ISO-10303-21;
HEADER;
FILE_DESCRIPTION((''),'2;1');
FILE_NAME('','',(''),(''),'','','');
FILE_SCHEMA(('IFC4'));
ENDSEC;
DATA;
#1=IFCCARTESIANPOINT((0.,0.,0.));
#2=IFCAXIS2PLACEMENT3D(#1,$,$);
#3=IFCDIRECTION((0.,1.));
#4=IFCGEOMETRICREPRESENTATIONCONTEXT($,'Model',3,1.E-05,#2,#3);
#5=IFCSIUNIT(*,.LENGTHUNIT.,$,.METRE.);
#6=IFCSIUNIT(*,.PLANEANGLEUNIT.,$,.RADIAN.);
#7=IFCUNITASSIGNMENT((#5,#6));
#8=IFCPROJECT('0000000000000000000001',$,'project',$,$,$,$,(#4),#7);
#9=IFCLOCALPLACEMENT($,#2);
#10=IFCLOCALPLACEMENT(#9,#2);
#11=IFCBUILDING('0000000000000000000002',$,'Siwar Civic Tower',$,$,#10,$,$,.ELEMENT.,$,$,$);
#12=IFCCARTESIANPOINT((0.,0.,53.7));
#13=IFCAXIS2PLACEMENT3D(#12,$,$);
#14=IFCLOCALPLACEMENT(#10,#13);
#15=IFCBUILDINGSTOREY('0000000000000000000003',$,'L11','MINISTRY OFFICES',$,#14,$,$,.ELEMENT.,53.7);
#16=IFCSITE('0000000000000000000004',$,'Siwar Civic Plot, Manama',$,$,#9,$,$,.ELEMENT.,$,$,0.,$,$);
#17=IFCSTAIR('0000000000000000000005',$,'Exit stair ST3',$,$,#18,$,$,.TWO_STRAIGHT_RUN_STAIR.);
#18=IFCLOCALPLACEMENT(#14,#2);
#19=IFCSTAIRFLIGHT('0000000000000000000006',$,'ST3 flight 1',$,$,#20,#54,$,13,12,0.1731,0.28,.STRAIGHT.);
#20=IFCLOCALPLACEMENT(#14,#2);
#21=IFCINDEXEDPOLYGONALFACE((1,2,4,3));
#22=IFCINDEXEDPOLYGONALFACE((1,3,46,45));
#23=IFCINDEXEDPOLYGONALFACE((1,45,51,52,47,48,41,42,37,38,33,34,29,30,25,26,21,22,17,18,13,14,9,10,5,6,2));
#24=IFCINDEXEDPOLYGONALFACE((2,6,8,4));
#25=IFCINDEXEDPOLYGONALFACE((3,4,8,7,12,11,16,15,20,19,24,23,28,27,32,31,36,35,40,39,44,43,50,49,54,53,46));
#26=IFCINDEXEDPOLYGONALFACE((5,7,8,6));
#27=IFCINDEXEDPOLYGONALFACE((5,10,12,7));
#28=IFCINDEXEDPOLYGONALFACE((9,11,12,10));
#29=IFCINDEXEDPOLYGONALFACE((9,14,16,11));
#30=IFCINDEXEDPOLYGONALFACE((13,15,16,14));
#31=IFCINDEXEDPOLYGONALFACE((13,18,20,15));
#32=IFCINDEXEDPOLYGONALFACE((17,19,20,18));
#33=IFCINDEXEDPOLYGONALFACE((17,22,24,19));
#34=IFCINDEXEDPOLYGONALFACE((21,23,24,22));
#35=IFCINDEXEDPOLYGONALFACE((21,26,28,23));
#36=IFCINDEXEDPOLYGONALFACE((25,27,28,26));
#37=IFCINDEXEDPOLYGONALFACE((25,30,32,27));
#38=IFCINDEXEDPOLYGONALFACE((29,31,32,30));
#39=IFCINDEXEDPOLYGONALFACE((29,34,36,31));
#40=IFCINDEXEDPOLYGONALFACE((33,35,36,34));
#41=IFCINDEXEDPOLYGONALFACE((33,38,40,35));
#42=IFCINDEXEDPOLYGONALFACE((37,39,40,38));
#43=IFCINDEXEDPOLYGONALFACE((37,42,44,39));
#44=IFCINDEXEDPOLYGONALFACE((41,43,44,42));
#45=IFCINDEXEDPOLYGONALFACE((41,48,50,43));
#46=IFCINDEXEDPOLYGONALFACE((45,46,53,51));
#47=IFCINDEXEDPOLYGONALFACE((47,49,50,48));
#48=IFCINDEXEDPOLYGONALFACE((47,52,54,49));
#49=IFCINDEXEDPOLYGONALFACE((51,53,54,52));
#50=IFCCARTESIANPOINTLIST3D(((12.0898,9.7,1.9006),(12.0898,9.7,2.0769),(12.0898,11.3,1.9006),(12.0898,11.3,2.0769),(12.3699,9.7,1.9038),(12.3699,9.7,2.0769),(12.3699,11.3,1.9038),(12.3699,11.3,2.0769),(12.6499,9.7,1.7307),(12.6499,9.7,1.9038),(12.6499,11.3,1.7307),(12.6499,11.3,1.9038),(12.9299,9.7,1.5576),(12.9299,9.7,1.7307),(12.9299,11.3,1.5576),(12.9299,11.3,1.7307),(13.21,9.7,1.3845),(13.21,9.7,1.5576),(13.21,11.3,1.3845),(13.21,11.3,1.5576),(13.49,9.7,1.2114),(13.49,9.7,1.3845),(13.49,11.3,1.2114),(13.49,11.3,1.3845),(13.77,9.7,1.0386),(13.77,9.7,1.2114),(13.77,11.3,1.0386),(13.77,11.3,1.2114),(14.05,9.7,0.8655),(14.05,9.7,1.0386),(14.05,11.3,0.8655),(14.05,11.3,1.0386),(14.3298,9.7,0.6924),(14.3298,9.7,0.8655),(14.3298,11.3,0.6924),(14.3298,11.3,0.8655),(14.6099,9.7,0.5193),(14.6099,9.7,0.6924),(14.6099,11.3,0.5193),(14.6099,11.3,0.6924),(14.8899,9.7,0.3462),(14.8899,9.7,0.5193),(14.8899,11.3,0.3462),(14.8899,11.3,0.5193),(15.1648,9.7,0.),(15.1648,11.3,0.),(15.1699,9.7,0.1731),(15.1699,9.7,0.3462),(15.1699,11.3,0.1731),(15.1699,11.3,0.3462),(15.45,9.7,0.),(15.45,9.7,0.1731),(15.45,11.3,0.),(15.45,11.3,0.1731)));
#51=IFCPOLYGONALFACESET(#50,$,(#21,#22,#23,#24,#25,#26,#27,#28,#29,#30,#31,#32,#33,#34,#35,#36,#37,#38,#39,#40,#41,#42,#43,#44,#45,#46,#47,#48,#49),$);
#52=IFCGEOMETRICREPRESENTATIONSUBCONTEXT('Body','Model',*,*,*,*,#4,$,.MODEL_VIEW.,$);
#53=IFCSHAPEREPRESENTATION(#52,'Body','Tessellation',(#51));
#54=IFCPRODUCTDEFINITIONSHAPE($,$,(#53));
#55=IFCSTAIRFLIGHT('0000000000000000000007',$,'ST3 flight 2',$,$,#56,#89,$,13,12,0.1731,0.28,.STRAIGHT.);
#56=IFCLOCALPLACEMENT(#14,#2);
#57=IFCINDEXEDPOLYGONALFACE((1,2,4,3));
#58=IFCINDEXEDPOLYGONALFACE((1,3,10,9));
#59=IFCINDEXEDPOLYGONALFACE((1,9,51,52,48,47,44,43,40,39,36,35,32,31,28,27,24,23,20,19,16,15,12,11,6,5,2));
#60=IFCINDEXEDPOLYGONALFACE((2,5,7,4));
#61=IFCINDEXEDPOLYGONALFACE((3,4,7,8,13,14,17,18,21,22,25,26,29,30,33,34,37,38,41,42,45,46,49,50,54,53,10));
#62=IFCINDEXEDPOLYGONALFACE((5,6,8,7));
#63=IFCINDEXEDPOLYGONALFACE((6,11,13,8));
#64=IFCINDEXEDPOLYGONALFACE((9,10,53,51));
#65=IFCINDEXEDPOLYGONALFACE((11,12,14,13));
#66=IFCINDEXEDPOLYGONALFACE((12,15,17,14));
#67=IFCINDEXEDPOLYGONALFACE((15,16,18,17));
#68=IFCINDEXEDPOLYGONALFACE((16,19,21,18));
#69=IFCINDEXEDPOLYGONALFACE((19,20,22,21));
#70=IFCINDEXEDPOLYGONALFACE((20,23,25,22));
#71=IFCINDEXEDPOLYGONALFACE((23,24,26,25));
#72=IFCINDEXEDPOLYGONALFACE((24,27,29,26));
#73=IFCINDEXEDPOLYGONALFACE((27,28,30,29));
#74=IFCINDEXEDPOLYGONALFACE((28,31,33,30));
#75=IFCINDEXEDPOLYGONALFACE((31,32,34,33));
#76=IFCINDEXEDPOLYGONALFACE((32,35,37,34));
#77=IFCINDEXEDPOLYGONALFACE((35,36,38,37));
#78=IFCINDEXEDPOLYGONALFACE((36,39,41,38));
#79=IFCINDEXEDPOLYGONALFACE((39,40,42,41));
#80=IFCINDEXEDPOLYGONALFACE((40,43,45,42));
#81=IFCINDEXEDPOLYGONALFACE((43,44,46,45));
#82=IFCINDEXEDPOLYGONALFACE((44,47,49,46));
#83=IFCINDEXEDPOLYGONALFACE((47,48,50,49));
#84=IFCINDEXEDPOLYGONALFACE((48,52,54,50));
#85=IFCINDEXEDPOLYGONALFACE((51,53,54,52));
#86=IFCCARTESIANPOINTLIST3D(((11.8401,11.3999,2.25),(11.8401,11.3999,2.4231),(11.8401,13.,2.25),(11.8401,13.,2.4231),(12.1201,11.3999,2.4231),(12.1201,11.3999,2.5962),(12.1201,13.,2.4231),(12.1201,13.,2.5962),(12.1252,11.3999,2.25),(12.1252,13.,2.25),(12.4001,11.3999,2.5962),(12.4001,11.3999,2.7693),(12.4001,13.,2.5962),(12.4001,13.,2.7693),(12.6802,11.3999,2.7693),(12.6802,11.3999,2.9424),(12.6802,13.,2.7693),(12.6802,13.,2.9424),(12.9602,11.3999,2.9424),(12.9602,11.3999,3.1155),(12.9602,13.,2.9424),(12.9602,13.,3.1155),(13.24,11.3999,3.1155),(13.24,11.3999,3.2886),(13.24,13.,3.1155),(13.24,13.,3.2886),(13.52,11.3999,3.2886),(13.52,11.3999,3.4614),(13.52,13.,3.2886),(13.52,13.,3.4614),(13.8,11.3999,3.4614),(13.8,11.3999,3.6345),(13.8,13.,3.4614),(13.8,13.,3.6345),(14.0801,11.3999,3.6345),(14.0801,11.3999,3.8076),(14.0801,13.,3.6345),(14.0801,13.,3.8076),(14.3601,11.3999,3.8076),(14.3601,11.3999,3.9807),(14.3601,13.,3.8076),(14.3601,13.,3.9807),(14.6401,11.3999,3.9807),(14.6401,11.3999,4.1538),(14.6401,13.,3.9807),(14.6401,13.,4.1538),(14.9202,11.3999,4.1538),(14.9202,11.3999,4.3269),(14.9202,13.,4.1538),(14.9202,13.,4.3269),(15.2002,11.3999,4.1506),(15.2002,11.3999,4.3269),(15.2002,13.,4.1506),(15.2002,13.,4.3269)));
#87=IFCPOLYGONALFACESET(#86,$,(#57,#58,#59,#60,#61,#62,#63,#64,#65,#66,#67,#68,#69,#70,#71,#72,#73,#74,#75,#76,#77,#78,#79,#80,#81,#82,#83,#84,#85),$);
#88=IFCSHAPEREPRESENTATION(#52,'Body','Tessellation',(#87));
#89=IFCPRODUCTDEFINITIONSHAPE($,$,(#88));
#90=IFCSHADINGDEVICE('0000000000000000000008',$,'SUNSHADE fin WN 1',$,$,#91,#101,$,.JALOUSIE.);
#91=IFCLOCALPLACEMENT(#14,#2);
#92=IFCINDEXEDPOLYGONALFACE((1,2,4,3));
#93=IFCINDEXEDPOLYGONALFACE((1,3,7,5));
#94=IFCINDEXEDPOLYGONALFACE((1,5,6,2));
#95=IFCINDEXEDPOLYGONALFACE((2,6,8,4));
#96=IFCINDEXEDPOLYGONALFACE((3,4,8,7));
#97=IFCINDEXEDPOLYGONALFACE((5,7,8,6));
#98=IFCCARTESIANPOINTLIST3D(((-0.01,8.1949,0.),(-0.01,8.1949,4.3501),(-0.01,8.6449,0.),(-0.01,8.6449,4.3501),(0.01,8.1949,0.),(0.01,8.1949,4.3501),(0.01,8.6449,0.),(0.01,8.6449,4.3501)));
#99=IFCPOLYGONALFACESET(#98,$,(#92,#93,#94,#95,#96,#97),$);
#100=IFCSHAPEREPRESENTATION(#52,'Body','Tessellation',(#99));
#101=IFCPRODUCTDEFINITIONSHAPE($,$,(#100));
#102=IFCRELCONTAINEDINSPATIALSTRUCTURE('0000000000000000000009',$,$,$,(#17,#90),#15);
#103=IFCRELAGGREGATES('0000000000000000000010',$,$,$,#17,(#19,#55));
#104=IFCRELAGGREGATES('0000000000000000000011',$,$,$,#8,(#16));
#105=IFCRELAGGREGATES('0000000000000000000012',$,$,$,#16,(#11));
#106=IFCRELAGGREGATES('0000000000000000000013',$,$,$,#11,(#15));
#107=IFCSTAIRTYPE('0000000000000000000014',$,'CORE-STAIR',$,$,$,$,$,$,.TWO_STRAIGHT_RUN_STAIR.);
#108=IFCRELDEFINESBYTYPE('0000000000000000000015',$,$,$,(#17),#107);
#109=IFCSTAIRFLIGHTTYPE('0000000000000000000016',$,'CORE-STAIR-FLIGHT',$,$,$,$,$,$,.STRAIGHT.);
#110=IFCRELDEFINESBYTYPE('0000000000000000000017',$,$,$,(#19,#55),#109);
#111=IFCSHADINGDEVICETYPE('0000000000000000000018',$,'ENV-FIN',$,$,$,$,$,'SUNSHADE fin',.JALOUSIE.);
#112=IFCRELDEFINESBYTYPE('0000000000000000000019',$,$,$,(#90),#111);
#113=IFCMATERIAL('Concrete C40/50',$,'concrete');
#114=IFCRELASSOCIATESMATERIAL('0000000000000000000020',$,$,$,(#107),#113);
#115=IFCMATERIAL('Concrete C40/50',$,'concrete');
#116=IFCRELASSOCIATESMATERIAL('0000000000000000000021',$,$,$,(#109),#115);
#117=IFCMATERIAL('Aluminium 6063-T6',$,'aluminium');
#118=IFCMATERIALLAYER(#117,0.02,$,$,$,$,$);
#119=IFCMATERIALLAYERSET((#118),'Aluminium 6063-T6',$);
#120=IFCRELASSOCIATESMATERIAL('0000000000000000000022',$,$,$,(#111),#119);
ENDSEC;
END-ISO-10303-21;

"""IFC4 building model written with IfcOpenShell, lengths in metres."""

from ifc_helpers import new_model, si_unit, direction, frame, origin, origin_2d, place, context, subcontext, project, spatial, polyline, rectangle, outline, extrude, material, layer, layer_set, type_object, element, aggregate, save


model = new_model("IFC4")

# Units and contexts
model_context = context("Model", 3, precision=1e-05, world=origin(), true_north=direction((0.0, 1.0)))
body_context = subcontext(model_context, "Body", "Model", "MODEL_VIEW")
ifc_project = project(units=[si_unit("LENGTHUNIT", "METRE"), si_unit("PLANEANGLEUNIT", "RADIAN")], contexts=[model_context])

# Site, building, storey
site_placement = place(None, origin())
site = spatial("IfcSite", under=ifc_project, at=site_placement, Name="Siwar Civic Plot, Manama", CompositionType="ELEMENT", RefElevation=0.0)
building_placement = place(site_placement, origin())
building = spatial("IfcBuilding", under=site, at=building_placement, Name="Siwar Civic Tower", CompositionType="ELEMENT")
storey_placement = place(building_placement, frame((0.0, 0.0, 53.7)))
storey = spatial("IfcBuildingStorey", under=building, at=storey_placement, Name="L11", Description="MINISTRY OFFICES", CompositionType="ELEMENT", Elevation=53.7)

# Stair, stair flights
ifc_material_1 = material(Name="Concrete C40/50", Category="concrete")
stair_type = type_object("IfcStairType", Name="CORE-STAIR", PredefinedType="TWO_STRAIGHT_RUN_STAIR", material=ifc_material_1)
stair_placement = place(storey_placement, origin())
stair = element("IfcStair", 1, at=stair_placement, inside=storey, type_object=stair_type, Name="Exit stair ST3", PredefinedType="TWO_STRAIGHT_RUN_STAIR")
ifc_material_2 = material(Name="Concrete C40/50", Category="concrete")
stair_flight_type = type_object("IfcStairFlightType", Name="CORE-STAIR-FLIGHT", PredefinedType="STRAIGHT", material=ifc_material_2)
stair_flight_1_placement = place(storey_placement, frame((15.45, 10.5, 0.0), z_axis=(0.0, 0.0, 1.0), x_axis=(-1.0, 0.0, 0.0)))
stair_flight_1 = element("IfcStairFlight", 2, at=stair_flight_1_placement, type_object=stair_flight_type, Name="ST3 flight 1", NumberOfRisers=13, NumberOfTreads=12, PredefinedType="STRAIGHT", RiserHeight=0.1731, TreadLength=0.28, context=body_context, shape_type="SweptSolid", body=[
    extrude(outline(polyline([(0.0, 0.0), (0.0, 0.1731), (0.28, 0.1731), (0.28, 0.3462), (0.5601, 0.3462), (0.5601, 0.5193), (0.8401, 0.5193), (0.8401, 0.6924), (1.1201, 0.6924), (1.1201, 0.8655), (1.3999, 0.8655), (1.3999, 1.0386), (1.6799, 1.0386), (1.6799, 1.2114), (1.96, 1.2114), (1.96, 1.3845), (2.24, 1.3845), (2.24, 1.5576), (2.52, 1.5576), (2.52, 1.7307), (2.8, 1.7307), (2.8, 1.9038), (3.0801, 1.9038), (3.0801, 2.0769), (3.3601, 2.0769), (3.3601, 2.25), (3.3601, 1.9006), (0.2852, 0.0), (0.0, 0.0)])), frame((0.0, 0.8, 0.0), z_axis=(0.0, -1.0, 0.0), x_axis=(1.0, 0.0, 0.0)), (0.0, 0.0, 1.0), 1.6001),
])
stair_flight_2_placement = place(storey_placement, frame((11.8401, 12.2, 2.25), z_axis=(0.0, 0.0, 1.0), x_axis=(1.0, 0.0, 0.0)))
stair_flight_2 = element("IfcStairFlight", 3, at=stair_flight_2_placement, type_object=stair_flight_type, Name="ST3 flight 2", NumberOfRisers=13, NumberOfTreads=12, PredefinedType="STRAIGHT", RiserHeight=0.1731, TreadLength=0.28, context=body_context, shape_type="SweptSolid", body=[
    extrude(outline(polyline([(0.0, 0.0), (0.0, 0.1731), (0.28, 0.1731), (0.28, 0.3462), (0.5601, 0.3462), (0.5601, 0.5193), (0.8401, 0.5193), (0.8401, 0.6924), (1.1201, 0.6924), (1.1201, 0.8655), (1.3999, 0.8655), (1.3999, 1.0386), (1.6799, 1.0386), (1.6799, 1.2114), (1.96, 1.2114), (1.96, 1.3845), (2.24, 1.3845), (2.24, 1.5576), (2.52, 1.5576), (2.52, 1.7307), (2.8, 1.7307), (2.8, 1.9038), (3.0801, 1.9038), (3.0801, 2.0769), (3.3601, 2.0769), (3.3601, 2.25), (3.3601, 1.9006), (0.2852, 0.0), (0.0, 0.0)])), frame((0.0, 0.8, 0.0), z_axis=(0.0, -1.0, 0.0), x_axis=(1.0, 0.0, 0.0)), (0.0, 0.0, 1.0), 1.6001),
])
aggregate(stair, [stair_flight_1, stair_flight_2])

# Shading device
ifc_material_3 = material(Name="Aluminium 6063-T6", Category="aluminium")
ifc_layer_1 = layer(ifc_material_3, 0.02)
ifc_layer_set_1 = layer_set([ifc_layer_1], Name="Aluminium 6063-T6")
shading_device_type = type_object("IfcShadingDeviceType", Name="ENV-FIN", ElementType="SUNSHADE fin", PredefinedType="JALOUSIE", material=ifc_layer_set_1)
shading_device_placement = place(storey_placement, frame((0.0, 8.4199, 0.0), z_axis=(0.0, 0.0, 1.0), x_axis=(-1.0, 0.0, 0.0)))
element("IfcShadingDevice", 4, at=shading_device_placement, inside=storey, type_object=shading_device_type, Name="SUNSHADE fin WN 1", PredefinedType="JALOUSIE", context=body_context, shape_type="SweptSolid", body=[
    extrude(rectangle(XDim=0.02, YDim=0.45, at=origin_2d()), origin(), (0.0, 0.0, 1.0), 4.3501),
])

save(model, "model.ifc")
